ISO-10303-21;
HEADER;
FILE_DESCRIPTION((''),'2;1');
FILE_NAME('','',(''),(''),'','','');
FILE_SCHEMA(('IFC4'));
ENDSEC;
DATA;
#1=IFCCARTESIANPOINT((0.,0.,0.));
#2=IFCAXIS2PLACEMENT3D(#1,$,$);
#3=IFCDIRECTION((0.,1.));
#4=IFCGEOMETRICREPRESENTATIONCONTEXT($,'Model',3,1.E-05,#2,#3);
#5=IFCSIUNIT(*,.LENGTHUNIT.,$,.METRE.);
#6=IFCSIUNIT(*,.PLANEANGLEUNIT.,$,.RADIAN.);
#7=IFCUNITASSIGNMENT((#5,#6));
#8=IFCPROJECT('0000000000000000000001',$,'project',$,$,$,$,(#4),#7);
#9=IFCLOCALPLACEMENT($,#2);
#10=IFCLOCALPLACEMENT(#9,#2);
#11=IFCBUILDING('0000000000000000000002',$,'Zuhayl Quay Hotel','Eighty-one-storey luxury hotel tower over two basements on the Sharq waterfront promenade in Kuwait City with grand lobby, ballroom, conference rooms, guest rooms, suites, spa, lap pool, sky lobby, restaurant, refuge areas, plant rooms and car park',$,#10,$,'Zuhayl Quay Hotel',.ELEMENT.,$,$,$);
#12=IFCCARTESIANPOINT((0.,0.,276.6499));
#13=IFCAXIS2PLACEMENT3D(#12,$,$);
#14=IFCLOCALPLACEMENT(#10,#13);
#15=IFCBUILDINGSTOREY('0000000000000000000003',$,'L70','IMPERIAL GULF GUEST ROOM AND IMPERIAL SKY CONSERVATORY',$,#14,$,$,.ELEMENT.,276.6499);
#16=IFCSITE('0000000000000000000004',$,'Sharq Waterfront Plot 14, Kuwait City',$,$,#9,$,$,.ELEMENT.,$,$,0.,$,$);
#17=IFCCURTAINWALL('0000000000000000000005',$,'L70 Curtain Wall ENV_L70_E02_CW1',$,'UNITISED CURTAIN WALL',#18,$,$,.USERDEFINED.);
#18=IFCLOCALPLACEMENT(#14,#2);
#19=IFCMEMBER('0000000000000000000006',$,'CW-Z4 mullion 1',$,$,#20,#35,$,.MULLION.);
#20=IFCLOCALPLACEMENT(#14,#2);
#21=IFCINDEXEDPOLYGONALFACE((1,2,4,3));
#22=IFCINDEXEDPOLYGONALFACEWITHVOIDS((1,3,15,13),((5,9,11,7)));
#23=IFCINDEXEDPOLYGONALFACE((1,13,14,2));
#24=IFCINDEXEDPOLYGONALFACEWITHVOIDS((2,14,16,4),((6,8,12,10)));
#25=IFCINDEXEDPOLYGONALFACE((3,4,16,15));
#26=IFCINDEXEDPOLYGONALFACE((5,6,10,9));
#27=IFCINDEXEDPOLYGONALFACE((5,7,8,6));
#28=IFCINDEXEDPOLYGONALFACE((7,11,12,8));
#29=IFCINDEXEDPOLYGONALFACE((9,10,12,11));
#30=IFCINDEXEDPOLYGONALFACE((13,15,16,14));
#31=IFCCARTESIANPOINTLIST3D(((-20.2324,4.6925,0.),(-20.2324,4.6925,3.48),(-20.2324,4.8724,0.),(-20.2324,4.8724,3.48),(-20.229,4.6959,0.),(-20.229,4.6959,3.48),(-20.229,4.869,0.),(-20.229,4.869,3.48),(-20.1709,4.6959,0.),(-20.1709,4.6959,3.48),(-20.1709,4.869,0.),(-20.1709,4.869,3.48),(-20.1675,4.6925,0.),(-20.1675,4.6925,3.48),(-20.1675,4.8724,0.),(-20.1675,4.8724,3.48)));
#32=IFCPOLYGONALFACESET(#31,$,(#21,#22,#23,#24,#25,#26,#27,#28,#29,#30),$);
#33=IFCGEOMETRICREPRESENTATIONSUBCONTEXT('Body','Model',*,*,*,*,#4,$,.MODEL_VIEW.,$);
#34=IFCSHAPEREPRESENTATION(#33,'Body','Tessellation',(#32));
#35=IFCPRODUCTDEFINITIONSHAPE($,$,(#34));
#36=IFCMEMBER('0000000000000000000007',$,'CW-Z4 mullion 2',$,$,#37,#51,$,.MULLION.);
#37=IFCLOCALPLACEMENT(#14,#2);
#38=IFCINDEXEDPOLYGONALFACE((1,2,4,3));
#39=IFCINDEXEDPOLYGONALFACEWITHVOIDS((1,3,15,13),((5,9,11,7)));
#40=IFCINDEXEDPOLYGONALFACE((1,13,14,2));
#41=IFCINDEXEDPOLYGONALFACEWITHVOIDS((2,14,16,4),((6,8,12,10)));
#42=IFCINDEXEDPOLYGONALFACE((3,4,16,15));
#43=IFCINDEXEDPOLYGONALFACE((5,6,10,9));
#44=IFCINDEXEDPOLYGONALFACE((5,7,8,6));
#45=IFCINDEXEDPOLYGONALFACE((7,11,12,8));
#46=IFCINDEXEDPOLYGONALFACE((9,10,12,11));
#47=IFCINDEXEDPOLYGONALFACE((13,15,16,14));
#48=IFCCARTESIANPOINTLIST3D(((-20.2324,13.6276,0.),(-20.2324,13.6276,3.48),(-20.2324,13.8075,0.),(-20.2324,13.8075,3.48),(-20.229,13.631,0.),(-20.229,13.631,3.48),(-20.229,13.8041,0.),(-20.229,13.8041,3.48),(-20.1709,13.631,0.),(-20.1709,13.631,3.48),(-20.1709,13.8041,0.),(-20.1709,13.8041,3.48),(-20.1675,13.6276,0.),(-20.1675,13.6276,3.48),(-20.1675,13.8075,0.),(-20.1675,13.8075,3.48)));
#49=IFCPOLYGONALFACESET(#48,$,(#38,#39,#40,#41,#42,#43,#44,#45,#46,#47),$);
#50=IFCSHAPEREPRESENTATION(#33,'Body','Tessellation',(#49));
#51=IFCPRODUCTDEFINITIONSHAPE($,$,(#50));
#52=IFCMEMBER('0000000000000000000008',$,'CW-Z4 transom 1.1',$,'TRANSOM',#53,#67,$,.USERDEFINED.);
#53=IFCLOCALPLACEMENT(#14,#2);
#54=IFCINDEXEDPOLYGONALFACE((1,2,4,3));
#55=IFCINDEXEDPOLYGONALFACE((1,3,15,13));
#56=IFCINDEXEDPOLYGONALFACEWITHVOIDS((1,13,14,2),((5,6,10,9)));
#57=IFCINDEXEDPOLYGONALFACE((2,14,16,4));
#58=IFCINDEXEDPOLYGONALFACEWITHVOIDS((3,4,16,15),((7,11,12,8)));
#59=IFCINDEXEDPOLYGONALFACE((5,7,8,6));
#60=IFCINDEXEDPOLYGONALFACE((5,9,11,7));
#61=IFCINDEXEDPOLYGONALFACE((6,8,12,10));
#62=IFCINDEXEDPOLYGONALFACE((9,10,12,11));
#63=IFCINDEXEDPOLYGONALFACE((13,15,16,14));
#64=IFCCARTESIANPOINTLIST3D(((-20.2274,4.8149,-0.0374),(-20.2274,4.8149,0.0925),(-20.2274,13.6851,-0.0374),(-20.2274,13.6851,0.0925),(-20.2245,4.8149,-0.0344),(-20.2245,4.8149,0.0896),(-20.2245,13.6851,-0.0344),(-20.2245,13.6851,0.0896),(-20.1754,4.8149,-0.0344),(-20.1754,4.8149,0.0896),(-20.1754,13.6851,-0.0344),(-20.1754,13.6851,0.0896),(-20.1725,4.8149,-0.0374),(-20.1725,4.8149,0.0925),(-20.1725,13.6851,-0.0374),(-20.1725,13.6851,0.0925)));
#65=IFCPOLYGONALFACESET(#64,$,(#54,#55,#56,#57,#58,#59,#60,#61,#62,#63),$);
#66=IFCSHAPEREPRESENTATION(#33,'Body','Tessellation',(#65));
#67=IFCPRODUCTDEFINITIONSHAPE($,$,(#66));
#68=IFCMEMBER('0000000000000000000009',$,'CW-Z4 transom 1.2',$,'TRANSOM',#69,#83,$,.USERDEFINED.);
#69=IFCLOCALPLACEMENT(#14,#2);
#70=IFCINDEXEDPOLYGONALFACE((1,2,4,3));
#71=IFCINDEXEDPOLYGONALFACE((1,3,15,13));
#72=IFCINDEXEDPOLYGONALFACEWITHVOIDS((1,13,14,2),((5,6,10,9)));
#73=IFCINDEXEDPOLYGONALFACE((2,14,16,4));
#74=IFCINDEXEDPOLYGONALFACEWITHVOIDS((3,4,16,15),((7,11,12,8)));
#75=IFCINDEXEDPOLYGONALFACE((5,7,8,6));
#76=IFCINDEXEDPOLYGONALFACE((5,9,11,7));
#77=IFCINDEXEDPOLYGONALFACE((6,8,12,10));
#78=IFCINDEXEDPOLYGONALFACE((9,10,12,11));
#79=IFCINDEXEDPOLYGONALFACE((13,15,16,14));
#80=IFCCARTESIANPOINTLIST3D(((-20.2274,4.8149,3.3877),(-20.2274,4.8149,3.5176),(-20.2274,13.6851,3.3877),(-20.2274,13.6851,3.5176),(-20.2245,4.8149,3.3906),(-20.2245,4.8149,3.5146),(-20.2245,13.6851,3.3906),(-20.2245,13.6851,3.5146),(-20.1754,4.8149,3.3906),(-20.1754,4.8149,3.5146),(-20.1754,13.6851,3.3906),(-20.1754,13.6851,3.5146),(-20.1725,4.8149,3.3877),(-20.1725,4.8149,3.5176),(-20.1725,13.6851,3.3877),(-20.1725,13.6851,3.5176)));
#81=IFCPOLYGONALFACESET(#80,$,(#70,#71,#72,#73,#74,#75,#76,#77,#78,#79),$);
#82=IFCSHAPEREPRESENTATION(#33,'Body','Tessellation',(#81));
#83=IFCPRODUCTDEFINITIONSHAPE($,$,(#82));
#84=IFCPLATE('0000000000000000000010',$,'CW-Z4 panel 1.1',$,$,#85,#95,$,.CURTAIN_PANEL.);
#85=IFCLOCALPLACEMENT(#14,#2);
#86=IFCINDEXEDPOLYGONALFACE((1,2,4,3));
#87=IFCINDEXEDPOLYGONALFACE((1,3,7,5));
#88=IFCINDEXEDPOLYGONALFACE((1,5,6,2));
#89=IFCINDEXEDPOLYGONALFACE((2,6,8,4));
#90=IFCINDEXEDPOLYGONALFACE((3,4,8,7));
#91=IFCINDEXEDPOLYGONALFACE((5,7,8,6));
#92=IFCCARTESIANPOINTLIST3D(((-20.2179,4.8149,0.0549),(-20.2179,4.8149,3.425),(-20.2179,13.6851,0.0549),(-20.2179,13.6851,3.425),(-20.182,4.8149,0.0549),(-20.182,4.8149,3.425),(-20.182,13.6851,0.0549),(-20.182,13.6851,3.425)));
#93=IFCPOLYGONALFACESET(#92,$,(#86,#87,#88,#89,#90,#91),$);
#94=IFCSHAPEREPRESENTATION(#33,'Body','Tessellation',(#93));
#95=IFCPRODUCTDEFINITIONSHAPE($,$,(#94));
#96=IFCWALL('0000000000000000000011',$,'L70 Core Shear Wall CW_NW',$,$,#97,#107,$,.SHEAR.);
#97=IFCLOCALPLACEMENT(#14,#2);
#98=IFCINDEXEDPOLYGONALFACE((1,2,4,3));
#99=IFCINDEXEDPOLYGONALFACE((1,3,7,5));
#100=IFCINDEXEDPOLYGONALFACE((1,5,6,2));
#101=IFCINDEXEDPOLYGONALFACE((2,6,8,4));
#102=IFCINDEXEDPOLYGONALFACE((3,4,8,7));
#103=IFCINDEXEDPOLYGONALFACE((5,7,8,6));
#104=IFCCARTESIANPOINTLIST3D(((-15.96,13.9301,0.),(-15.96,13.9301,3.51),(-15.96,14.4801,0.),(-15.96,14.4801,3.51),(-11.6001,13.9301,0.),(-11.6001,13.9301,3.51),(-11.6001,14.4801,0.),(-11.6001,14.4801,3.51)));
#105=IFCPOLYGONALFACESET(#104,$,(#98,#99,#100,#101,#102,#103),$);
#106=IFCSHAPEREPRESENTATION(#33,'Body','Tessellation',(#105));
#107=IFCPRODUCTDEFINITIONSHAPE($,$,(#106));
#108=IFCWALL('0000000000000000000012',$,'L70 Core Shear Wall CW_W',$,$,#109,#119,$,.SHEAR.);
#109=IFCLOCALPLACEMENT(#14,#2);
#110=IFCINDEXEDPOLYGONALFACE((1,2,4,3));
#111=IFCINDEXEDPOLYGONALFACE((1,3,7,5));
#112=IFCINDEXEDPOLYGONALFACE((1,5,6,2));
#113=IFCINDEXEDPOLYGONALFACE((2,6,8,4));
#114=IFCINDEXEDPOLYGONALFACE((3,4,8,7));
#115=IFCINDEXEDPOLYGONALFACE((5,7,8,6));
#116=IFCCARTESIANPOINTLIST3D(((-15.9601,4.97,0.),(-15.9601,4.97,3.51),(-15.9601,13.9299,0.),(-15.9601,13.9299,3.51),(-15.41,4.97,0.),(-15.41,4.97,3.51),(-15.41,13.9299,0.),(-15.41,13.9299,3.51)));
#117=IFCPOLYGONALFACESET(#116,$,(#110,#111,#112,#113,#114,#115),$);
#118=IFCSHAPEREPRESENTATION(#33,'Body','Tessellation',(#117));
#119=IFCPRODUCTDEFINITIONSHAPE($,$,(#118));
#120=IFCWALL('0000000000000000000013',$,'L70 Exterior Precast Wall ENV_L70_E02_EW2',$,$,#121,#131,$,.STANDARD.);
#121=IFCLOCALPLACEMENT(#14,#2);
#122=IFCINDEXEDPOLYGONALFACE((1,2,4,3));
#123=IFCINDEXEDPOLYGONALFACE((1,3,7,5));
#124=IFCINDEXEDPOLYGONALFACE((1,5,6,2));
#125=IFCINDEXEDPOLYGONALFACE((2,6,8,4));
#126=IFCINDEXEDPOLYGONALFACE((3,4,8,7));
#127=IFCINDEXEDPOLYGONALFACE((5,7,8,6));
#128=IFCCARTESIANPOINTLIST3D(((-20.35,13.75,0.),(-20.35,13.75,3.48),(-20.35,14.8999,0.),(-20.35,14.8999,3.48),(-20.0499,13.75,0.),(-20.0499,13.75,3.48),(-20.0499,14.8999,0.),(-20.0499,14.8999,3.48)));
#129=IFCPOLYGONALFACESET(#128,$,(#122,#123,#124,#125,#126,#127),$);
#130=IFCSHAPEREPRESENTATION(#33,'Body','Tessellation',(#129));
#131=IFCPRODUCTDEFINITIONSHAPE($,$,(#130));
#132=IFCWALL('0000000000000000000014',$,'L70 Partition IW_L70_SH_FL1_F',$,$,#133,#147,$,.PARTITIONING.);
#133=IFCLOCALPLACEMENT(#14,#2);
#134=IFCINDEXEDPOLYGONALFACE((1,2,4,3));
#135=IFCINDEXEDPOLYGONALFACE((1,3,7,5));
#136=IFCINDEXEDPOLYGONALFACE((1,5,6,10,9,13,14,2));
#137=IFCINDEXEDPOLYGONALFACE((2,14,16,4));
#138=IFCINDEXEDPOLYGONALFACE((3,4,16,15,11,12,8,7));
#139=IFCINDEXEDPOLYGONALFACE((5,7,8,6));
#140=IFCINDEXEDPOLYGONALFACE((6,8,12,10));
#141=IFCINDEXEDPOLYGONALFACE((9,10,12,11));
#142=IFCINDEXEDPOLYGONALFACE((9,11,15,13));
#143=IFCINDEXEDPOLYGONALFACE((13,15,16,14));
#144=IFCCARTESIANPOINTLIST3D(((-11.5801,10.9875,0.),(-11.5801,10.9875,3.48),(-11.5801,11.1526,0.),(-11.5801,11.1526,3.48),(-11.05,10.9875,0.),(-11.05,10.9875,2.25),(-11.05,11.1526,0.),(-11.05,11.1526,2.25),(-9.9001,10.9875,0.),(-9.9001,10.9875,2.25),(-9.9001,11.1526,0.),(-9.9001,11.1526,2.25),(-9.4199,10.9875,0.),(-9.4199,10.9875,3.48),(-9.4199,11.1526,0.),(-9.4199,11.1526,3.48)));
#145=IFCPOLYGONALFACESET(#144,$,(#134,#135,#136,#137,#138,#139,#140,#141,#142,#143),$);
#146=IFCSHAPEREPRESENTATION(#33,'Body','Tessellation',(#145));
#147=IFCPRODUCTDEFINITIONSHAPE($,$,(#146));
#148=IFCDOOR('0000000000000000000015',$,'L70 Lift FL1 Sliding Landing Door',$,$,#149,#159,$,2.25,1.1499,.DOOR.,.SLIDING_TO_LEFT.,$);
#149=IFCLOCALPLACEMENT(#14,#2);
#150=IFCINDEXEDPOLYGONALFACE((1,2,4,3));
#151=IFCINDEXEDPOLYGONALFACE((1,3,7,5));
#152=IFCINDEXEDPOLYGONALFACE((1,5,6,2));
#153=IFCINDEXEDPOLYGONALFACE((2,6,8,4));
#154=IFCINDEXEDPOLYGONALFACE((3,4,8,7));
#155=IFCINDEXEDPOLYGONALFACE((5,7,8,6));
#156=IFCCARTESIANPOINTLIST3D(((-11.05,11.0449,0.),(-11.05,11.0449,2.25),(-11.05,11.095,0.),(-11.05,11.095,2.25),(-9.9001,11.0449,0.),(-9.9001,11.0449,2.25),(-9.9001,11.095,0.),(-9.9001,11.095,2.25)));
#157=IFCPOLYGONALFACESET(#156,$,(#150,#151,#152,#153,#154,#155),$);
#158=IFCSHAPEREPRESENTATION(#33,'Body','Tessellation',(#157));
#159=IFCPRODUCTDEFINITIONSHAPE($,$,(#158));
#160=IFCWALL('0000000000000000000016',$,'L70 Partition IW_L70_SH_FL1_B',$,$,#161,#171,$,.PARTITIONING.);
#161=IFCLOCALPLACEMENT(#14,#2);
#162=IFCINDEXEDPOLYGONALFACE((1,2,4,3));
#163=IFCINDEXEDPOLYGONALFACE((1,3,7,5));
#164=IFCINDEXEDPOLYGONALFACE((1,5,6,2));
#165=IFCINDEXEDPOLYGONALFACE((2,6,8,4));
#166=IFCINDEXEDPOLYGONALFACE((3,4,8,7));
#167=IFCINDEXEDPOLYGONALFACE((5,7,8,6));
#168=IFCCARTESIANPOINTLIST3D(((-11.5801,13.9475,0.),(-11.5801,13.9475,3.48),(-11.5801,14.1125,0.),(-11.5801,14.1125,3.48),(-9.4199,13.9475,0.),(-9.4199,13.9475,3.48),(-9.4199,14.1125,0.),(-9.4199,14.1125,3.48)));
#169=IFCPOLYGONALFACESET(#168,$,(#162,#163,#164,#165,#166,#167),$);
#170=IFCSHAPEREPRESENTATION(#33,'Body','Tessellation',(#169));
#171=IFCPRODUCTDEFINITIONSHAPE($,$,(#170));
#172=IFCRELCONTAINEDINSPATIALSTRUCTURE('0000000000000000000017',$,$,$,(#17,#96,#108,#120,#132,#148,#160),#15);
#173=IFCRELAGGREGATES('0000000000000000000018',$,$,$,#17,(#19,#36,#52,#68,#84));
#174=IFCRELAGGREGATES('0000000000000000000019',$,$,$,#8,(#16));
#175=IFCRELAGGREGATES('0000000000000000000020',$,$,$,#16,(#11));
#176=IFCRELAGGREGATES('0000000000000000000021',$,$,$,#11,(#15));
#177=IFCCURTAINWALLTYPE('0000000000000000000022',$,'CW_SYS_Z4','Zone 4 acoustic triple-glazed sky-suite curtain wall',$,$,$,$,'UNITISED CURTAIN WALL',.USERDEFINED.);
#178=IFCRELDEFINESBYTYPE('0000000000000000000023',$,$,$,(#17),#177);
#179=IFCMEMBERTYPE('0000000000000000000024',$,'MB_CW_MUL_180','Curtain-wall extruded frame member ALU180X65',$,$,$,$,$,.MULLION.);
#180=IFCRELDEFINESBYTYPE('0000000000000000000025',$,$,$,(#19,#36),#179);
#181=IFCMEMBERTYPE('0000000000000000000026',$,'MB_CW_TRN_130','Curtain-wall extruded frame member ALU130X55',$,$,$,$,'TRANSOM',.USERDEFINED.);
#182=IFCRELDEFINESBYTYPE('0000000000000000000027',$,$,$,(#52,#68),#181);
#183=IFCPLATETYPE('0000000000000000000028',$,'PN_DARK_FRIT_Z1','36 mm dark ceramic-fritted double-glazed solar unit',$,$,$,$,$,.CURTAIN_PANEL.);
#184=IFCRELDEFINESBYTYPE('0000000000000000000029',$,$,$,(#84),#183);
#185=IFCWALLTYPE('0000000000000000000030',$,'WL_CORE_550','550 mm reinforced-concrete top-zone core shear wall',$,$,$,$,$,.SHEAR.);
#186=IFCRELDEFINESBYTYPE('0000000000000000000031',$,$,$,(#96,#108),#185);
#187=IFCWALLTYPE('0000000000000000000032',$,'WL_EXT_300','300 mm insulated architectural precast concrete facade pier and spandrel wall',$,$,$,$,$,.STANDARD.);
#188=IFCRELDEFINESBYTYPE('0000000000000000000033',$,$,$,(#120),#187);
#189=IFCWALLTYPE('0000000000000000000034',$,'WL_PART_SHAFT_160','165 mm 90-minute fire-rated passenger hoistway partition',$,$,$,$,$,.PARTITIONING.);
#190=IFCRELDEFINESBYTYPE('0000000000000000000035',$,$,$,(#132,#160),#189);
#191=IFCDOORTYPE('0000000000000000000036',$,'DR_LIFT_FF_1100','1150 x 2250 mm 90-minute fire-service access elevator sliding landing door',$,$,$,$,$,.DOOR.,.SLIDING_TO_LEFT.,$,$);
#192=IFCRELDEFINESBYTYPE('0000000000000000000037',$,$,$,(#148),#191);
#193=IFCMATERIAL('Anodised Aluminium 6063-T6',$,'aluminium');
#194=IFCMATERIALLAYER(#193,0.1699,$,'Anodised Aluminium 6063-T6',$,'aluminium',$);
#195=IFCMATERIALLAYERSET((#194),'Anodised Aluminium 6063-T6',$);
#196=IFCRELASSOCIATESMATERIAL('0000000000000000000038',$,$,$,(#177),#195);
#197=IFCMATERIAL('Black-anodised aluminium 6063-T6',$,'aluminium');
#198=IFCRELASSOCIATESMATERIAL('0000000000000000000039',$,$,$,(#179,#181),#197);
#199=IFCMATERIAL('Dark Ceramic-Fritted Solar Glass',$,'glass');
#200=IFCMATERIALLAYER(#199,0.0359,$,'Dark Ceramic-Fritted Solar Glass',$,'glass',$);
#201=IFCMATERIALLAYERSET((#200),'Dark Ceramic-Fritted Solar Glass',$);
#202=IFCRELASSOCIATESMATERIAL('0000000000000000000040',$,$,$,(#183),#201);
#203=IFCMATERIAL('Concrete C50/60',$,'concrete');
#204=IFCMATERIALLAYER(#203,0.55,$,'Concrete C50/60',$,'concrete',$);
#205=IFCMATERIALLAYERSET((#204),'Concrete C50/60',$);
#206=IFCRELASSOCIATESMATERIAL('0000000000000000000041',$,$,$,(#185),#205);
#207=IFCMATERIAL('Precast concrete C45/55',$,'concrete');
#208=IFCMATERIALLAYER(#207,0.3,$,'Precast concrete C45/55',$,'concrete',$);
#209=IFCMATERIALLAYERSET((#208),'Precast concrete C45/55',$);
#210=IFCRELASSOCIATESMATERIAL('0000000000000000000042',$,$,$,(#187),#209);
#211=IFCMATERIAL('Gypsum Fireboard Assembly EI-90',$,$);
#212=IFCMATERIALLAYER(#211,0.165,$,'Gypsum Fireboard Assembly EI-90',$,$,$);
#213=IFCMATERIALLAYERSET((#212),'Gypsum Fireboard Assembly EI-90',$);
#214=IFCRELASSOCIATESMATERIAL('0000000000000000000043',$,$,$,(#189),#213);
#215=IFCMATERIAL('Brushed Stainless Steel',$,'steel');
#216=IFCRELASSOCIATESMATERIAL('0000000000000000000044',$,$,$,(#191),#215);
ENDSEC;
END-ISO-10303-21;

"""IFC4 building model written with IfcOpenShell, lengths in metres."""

from ifc_helpers import new_model, si_unit, direction, frame, frame_2d, origin, origin_2d, place, context, subcontext, project, spatial, rectangle, hollow_rectangle, extrude, material, layer, layer_set, material_profile, profile_set, type_object, element, fill, aggregate, save


model = new_model("IFC4")

# Units and contexts
model_context = context("Model", 3, precision=1e-05, world=origin(), true_north=direction((0.0, 1.0)))
body_context = subcontext(model_context, "Body", "Model", "MODEL_VIEW")
ifc_project = project(units=[si_unit("LENGTHUNIT", "METRE"), si_unit("PLANEANGLEUNIT", "RADIAN")], contexts=[model_context])

# Site, building, storey
site_placement = place(None, origin())
site = spatial("IfcSite", under=ifc_project, at=site_placement, Name="Sharq Waterfront Plot 14, Kuwait City", CompositionType="ELEMENT", RefElevation=0.0)
building_placement = place(site_placement, origin())
building = spatial("IfcBuilding", under=site, at=building_placement, Name="Zuhayl Quay Hotel", Description="Eighty-one-storey luxury hotel tower over two basements on the Sharq waterfront promenade in Kuwait City with grand lobby, ballroom, conference rooms, guest rooms, suites, spa, lap pool, sky lobby, restaurant, refuge areas, plant rooms and car park", LongName="Zuhayl Quay Hotel", CompositionType="ELEMENT")
storey_placement = place(building_placement, frame((0.0, 0.0, 276.6499)))
storey = spatial("IfcBuildingStorey", under=building, at=storey_placement, Name="L70", Description="IMPERIAL GULF GUEST ROOM AND IMPERIAL SKY CONSERVATORY", CompositionType="ELEMENT", Elevation=276.6499)

# Curtain wall, members, plate
ifc_material_1 = material(Name="Anodised Aluminium 6063-T6", Category="aluminium")
ifc_layer_1 = layer(ifc_material_1, 0.1699, Name="Anodised Aluminium 6063-T6", Category="aluminium")
ifc_layer_set_1 = layer_set([ifc_layer_1], Name="Anodised Aluminium 6063-T6")
curtain_wall_type = type_object("IfcCurtainWallType", Name="CW_SYS_Z4", Description="Zone 4 acoustic triple-glazed sky-suite curtain wall", ElementType="UNITISED CURTAIN WALL", PredefinedType="USERDEFINED", material=ifc_layer_set_1)
curtain_wall_placement = place(storey_placement, origin())
curtain_wall = element("IfcCurtainWall", 1, at=curtain_wall_placement, inside=storey, type_object=curtain_wall_type, Name="L70 Curtain Wall ENV_L70_E02_CW1", ObjectType="UNITISED CURTAIN WALL", PredefinedType="USERDEFINED")
ifc_material_2 = material(Name="Black-anodised aluminium 6063-T6", Category="aluminium")
ifc_material_profile_1 = material_profile(ifc_material_2, hollow_rectangle(XDim=0.0649, YDim=0.1799, WallThickness=0.0034, at=origin_2d()), Name="ALU180X65")
ifc_profile_set_1 = profile_set([ifc_material_profile_1], Name="Black-anodised aluminium 6063-T6")
member_type_1 = type_object("IfcMemberType", Name="MB_CW_MUL_180", Description="Curtain-wall extruded frame member ALU180X65", PredefinedType="MULLION", material=ifc_profile_set_1)
member_1_placement = place(storey_placement, frame((-20.2, 4.7825, 0.0), z_axis=(0.0, 0.0, 1.0), x_axis=(-1.0, 0.0, 0.0)))
member_1 = element("IfcMember", 2, at=member_1_placement, type_object=member_type_1, Name="CW-Z4 mullion 1", PredefinedType="MULLION", context=body_context, shape_type="SweptSolid", body=[
    extrude(hollow_rectangle(XDim=0.0649, YDim=0.1799, WallThickness=0.0034, at=origin_2d()), origin(), (0.0, 0.0, 1.0), 3.48),
])
member_2_placement = place(storey_placement, frame((-20.2, 13.7175, 0.0), z_axis=(0.0, 0.0, 1.0), x_axis=(-1.0, 0.0, 0.0)))
member_2 = element("IfcMember", 3, at=member_2_placement, type_object=member_type_1, Name="CW-Z4 mullion 2", PredefinedType="MULLION", context=body_context, shape_type="SweptSolid", body=[
    extrude(hollow_rectangle(XDim=0.0649, YDim=0.1799, WallThickness=0.0034, at=origin_2d()), origin(), (0.0, 0.0, 1.0), 3.48),
])
ifc_material_profile_2 = material_profile(ifc_material_2, hollow_rectangle(XDim=0.0549, YDim=0.1299, WallThickness=0.0029, at=origin_2d()), Name="ALU130X55")
ifc_profile_set_2 = profile_set([ifc_material_profile_2], Name="Black-anodised aluminium 6063-T6")
member_type_2 = type_object("IfcMemberType", Name="MB_CW_TRN_130", Description="Curtain-wall extruded frame member ALU130X55", ElementType="TRANSOM", PredefinedType="USERDEFINED", material=ifc_profile_set_2)
member_3_placement = place(storey_placement, frame((-20.2, 4.8149, 0.0276), z_axis=(0.0, 1.0, 0.0), x_axis=(-1.0, 0.0, 0.0)))
member_3 = element("IfcMember", 4, at=member_3_placement, type_object=member_type_2, Name="CW-Z4 transom 1.1", ObjectType="TRANSOM", PredefinedType="USERDEFINED", context=body_context, shape_type="SweptSolid", body=[
    extrude(hollow_rectangle(XDim=0.0549, YDim=0.1299, WallThickness=0.0029, at=origin_2d()), origin(), (0.0, 0.0, 1.0), 8.8701),
])
member_4_placement = place(storey_placement, frame((-20.2, 4.8149, 3.4526), z_axis=(0.0, 1.0, 0.0), x_axis=(-1.0, 0.0, 0.0)))
member_4 = element("IfcMember", 5, at=member_4_placement, type_object=member_type_2, Name="CW-Z4 transom 1.2", ObjectType="TRANSOM", PredefinedType="USERDEFINED", context=body_context, shape_type="SweptSolid", body=[
    extrude(hollow_rectangle(XDim=0.0549, YDim=0.1299, WallThickness=0.0029, at=origin_2d()), origin(), (0.0, 0.0, 1.0), 8.8701),
])
ifc_material_3 = material(Name="Dark Ceramic-Fritted Solar Glass", Category="glass")
ifc_layer_2 = layer(ifc_material_3, 0.0359, Name="Dark Ceramic-Fritted Solar Glass", Category="glass")
ifc_layer_set_2 = layer_set([ifc_layer_2], Name="Dark Ceramic-Fritted Solar Glass")
plate_type = type_object("IfcPlateType", Name="PN_DARK_FRIT_Z1", Description="36 mm dark ceramic-fritted double-glazed solar unit", PredefinedType="CURTAIN_PANEL", material=ifc_layer_set_2)
plate_placement = place(storey_placement, frame((-20.2, 9.25, 0.0549), z_axis=(0.0, 0.0, 1.0), x_axis=(0.0, 1.0, 0.0)))
plate = element("IfcPlate", 6, at=plate_placement, type_object=plate_type, Name="CW-Z4 panel 1.1", PredefinedType="CURTAIN_PANEL", context=body_context, shape_type="SweptSolid", body=[
    extrude(rectangle(XDim=8.8701, YDim=0.0359, at=origin_2d()), origin(), (0.0, 0.0, 1.0), 3.3701),
])
aggregate(curtain_wall, [member_1, member_2, member_3, member_4, plate])

# Walls
ifc_material_4 = material(Name="Concrete C50/60", Category="concrete")
ifc_layer_3 = layer(ifc_material_4, 0.55, Name="Concrete C50/60", Category="concrete")
ifc_layer_set_3 = layer_set([ifc_layer_3], Name="Concrete C50/60")
wall_type_1 = type_object("IfcWallType", Name="WL_CORE_550", Description="550 mm reinforced-concrete top-zone core shear wall", PredefinedType="SHEAR", material=ifc_layer_set_3)
wall_1_placement = place(storey_placement, frame((-15.96, 14.2051, 0.0), z_axis=(0.0, 0.0, 1.0), x_axis=(1.0, 0.0, 0.0)))
element("IfcWall", 7, at=wall_1_placement, inside=storey, type_object=wall_type_1, Name="L70 Core Shear Wall CW_NW", PredefinedType="SHEAR", context=body_context, shape_type="SweptSolid", body=[
    extrude(rectangle(XDim=4.3599, YDim=0.55, at=frame_2d((2.1799, 0.0))), origin(), (0.0, 0.0, 1.0), 3.51),
])
wall_2_placement = place(storey_placement, frame((-15.6851, 4.97, 0.0), z_axis=(0.0, 0.0, 1.0), x_axis=(0.0, 1.0, 0.0)))
element("IfcWall", 8, at=wall_2_placement, inside=storey, type_object=wall_type_1, Name="L70 Core Shear Wall CW_W", PredefinedType="SHEAR", context=body_context, shape_type="SweptSolid", body=[
    extrude(rectangle(XDim=8.96, YDim=0.55, at=frame_2d((4.48, 0.0))), origin(), (0.0, 0.0, 1.0), 3.51),
])
ifc_material_5 = material(Name="Precast concrete C45/55", Category="concrete")
ifc_layer_4 = layer(ifc_material_5, 0.3, Name="Precast concrete C45/55", Category="concrete")
ifc_layer_set_4 = layer_set([ifc_layer_4], Name="Precast concrete C45/55")
wall_type_2 = type_object("IfcWallType", Name="WL_EXT_300", Description="300 mm insulated architectural precast concrete facade pier and spandrel wall", PredefinedType="STANDARD", material=ifc_layer_set_4)
wall_3_placement = place(storey_placement, frame((-20.2, 13.75, 0.0), z_axis=(0.0, 0.0, 1.0), x_axis=(0.0, 1.0, 0.0)))
element("IfcWall", 9, at=wall_3_placement, inside=storey, type_object=wall_type_2, Name="L70 Exterior Precast Wall ENV_L70_E02_EW2", PredefinedType="STANDARD", context=body_context, shape_type="SweptSolid", body=[
    extrude(rectangle(XDim=1.1499, YDim=0.3, at=frame_2d((0.575, 0.0))), origin(), (0.0, 0.0, 1.0), 3.48),
])

# Wall, opening, door
ifc_material_6 = material(Name="Gypsum Fireboard Assembly EI-90")
ifc_layer_5 = layer(ifc_material_6, 0.165, Name="Gypsum Fireboard Assembly EI-90")
ifc_layer_set_5 = layer_set([ifc_layer_5], Name="Gypsum Fireboard Assembly EI-90")
wall_type_3 = type_object("IfcWallType", Name="WL_PART_SHAFT_160", Description="165 mm 90-minute fire-rated passenger hoistway partition", PredefinedType="PARTITIONING", material=ifc_layer_set_5)
wall_4_placement = place(storey_placement, frame((-11.5801, 11.0701, 0.0), z_axis=(0.0, 0.0, 1.0), x_axis=(1.0, 0.0, 0.0)))
wall_4 = element("IfcWall", 10, at=wall_4_placement, inside=storey, type_object=wall_type_3, Name="L70 Partition IW_L70_SH_FL1_F", PredefinedType="PARTITIONING", context=body_context, shape_type="SweptSolid", body=[
    extrude(rectangle(XDim=2.1602, YDim=0.165, at=frame_2d((1.0801, 0.0))), origin(), (0.0, 0.0, 1.0), 3.48),
])
opening_1_placement = place(wall_4_placement, frame((0.53, 0.0, 0.0)))
opening_1 = element("IfcOpeningElement", 11, at=opening_1_placement, cuts=wall_4, PredefinedType="OPENING", context=body_context, shape_type="SweptSolid", body=[
    extrude(rectangle(XDim=1.1499, YDim=2.25, at=frame_2d((0.575, 1.125))), frame((0.0, 0.0925, 0.0), z_axis=(0.0, -1.0, 0.0), x_axis=(1.0, 0.0, 0.0)), (0.0, 0.0, 1.0), 0.1851),
])
ifc_material_7 = material(Name="Brushed Stainless Steel", Category="steel")
door_type_1 = type_object("IfcDoorType", Name="DR_LIFT_FF_1100", Description="1150 x 2250 mm 90-minute fire-service access elevator sliding landing door", OperationType="SLIDING_TO_LEFT", PredefinedType="DOOR", material=ifc_material_7)
door_1_placement = place(opening_1_placement, origin())
door_1 = element("IfcDoor", 12, at=door_1_placement, inside=storey, type_object=door_type_1, Name="L70 Lift FL1 Sliding Landing Door", OperationType="SLIDING_TO_LEFT", OverallHeight=2.25, OverallWidth=1.1499, PredefinedType="DOOR", context=body_context, shape_type="SweptSolid", body=[
    extrude(rectangle(XDim=1.1499, YDim=2.25, at=frame_2d((0.575, 1.125))), frame((0.0, 0.0249, 0.0), z_axis=(0.0, -1.0, 0.0), x_axis=(1.0, 0.0, 0.0)), (0.0, 0.0, 1.0), 0.05),
])
fill(opening_1, door_1)

# Wall
wall_5_placement = place(storey_placement, frame((-11.5801, 14.03, 0.0), z_axis=(0.0, 0.0, 1.0), x_axis=(1.0, 0.0, 0.0)))
element("IfcWall", 13, at=wall_5_placement, inside=storey, type_object=wall_type_3, Name="L70 Partition IW_L70_SH_FL1_B", PredefinedType="PARTITIONING", context=body_context, shape_type="SweptSolid", body=[
    extrude(rectangle(XDim=2.1602, YDim=0.165, at=frame_2d((1.0801, 0.0))), origin(), (0.0, 0.0, 1.0), 3.48),
])

save(model, "model.ifc")
